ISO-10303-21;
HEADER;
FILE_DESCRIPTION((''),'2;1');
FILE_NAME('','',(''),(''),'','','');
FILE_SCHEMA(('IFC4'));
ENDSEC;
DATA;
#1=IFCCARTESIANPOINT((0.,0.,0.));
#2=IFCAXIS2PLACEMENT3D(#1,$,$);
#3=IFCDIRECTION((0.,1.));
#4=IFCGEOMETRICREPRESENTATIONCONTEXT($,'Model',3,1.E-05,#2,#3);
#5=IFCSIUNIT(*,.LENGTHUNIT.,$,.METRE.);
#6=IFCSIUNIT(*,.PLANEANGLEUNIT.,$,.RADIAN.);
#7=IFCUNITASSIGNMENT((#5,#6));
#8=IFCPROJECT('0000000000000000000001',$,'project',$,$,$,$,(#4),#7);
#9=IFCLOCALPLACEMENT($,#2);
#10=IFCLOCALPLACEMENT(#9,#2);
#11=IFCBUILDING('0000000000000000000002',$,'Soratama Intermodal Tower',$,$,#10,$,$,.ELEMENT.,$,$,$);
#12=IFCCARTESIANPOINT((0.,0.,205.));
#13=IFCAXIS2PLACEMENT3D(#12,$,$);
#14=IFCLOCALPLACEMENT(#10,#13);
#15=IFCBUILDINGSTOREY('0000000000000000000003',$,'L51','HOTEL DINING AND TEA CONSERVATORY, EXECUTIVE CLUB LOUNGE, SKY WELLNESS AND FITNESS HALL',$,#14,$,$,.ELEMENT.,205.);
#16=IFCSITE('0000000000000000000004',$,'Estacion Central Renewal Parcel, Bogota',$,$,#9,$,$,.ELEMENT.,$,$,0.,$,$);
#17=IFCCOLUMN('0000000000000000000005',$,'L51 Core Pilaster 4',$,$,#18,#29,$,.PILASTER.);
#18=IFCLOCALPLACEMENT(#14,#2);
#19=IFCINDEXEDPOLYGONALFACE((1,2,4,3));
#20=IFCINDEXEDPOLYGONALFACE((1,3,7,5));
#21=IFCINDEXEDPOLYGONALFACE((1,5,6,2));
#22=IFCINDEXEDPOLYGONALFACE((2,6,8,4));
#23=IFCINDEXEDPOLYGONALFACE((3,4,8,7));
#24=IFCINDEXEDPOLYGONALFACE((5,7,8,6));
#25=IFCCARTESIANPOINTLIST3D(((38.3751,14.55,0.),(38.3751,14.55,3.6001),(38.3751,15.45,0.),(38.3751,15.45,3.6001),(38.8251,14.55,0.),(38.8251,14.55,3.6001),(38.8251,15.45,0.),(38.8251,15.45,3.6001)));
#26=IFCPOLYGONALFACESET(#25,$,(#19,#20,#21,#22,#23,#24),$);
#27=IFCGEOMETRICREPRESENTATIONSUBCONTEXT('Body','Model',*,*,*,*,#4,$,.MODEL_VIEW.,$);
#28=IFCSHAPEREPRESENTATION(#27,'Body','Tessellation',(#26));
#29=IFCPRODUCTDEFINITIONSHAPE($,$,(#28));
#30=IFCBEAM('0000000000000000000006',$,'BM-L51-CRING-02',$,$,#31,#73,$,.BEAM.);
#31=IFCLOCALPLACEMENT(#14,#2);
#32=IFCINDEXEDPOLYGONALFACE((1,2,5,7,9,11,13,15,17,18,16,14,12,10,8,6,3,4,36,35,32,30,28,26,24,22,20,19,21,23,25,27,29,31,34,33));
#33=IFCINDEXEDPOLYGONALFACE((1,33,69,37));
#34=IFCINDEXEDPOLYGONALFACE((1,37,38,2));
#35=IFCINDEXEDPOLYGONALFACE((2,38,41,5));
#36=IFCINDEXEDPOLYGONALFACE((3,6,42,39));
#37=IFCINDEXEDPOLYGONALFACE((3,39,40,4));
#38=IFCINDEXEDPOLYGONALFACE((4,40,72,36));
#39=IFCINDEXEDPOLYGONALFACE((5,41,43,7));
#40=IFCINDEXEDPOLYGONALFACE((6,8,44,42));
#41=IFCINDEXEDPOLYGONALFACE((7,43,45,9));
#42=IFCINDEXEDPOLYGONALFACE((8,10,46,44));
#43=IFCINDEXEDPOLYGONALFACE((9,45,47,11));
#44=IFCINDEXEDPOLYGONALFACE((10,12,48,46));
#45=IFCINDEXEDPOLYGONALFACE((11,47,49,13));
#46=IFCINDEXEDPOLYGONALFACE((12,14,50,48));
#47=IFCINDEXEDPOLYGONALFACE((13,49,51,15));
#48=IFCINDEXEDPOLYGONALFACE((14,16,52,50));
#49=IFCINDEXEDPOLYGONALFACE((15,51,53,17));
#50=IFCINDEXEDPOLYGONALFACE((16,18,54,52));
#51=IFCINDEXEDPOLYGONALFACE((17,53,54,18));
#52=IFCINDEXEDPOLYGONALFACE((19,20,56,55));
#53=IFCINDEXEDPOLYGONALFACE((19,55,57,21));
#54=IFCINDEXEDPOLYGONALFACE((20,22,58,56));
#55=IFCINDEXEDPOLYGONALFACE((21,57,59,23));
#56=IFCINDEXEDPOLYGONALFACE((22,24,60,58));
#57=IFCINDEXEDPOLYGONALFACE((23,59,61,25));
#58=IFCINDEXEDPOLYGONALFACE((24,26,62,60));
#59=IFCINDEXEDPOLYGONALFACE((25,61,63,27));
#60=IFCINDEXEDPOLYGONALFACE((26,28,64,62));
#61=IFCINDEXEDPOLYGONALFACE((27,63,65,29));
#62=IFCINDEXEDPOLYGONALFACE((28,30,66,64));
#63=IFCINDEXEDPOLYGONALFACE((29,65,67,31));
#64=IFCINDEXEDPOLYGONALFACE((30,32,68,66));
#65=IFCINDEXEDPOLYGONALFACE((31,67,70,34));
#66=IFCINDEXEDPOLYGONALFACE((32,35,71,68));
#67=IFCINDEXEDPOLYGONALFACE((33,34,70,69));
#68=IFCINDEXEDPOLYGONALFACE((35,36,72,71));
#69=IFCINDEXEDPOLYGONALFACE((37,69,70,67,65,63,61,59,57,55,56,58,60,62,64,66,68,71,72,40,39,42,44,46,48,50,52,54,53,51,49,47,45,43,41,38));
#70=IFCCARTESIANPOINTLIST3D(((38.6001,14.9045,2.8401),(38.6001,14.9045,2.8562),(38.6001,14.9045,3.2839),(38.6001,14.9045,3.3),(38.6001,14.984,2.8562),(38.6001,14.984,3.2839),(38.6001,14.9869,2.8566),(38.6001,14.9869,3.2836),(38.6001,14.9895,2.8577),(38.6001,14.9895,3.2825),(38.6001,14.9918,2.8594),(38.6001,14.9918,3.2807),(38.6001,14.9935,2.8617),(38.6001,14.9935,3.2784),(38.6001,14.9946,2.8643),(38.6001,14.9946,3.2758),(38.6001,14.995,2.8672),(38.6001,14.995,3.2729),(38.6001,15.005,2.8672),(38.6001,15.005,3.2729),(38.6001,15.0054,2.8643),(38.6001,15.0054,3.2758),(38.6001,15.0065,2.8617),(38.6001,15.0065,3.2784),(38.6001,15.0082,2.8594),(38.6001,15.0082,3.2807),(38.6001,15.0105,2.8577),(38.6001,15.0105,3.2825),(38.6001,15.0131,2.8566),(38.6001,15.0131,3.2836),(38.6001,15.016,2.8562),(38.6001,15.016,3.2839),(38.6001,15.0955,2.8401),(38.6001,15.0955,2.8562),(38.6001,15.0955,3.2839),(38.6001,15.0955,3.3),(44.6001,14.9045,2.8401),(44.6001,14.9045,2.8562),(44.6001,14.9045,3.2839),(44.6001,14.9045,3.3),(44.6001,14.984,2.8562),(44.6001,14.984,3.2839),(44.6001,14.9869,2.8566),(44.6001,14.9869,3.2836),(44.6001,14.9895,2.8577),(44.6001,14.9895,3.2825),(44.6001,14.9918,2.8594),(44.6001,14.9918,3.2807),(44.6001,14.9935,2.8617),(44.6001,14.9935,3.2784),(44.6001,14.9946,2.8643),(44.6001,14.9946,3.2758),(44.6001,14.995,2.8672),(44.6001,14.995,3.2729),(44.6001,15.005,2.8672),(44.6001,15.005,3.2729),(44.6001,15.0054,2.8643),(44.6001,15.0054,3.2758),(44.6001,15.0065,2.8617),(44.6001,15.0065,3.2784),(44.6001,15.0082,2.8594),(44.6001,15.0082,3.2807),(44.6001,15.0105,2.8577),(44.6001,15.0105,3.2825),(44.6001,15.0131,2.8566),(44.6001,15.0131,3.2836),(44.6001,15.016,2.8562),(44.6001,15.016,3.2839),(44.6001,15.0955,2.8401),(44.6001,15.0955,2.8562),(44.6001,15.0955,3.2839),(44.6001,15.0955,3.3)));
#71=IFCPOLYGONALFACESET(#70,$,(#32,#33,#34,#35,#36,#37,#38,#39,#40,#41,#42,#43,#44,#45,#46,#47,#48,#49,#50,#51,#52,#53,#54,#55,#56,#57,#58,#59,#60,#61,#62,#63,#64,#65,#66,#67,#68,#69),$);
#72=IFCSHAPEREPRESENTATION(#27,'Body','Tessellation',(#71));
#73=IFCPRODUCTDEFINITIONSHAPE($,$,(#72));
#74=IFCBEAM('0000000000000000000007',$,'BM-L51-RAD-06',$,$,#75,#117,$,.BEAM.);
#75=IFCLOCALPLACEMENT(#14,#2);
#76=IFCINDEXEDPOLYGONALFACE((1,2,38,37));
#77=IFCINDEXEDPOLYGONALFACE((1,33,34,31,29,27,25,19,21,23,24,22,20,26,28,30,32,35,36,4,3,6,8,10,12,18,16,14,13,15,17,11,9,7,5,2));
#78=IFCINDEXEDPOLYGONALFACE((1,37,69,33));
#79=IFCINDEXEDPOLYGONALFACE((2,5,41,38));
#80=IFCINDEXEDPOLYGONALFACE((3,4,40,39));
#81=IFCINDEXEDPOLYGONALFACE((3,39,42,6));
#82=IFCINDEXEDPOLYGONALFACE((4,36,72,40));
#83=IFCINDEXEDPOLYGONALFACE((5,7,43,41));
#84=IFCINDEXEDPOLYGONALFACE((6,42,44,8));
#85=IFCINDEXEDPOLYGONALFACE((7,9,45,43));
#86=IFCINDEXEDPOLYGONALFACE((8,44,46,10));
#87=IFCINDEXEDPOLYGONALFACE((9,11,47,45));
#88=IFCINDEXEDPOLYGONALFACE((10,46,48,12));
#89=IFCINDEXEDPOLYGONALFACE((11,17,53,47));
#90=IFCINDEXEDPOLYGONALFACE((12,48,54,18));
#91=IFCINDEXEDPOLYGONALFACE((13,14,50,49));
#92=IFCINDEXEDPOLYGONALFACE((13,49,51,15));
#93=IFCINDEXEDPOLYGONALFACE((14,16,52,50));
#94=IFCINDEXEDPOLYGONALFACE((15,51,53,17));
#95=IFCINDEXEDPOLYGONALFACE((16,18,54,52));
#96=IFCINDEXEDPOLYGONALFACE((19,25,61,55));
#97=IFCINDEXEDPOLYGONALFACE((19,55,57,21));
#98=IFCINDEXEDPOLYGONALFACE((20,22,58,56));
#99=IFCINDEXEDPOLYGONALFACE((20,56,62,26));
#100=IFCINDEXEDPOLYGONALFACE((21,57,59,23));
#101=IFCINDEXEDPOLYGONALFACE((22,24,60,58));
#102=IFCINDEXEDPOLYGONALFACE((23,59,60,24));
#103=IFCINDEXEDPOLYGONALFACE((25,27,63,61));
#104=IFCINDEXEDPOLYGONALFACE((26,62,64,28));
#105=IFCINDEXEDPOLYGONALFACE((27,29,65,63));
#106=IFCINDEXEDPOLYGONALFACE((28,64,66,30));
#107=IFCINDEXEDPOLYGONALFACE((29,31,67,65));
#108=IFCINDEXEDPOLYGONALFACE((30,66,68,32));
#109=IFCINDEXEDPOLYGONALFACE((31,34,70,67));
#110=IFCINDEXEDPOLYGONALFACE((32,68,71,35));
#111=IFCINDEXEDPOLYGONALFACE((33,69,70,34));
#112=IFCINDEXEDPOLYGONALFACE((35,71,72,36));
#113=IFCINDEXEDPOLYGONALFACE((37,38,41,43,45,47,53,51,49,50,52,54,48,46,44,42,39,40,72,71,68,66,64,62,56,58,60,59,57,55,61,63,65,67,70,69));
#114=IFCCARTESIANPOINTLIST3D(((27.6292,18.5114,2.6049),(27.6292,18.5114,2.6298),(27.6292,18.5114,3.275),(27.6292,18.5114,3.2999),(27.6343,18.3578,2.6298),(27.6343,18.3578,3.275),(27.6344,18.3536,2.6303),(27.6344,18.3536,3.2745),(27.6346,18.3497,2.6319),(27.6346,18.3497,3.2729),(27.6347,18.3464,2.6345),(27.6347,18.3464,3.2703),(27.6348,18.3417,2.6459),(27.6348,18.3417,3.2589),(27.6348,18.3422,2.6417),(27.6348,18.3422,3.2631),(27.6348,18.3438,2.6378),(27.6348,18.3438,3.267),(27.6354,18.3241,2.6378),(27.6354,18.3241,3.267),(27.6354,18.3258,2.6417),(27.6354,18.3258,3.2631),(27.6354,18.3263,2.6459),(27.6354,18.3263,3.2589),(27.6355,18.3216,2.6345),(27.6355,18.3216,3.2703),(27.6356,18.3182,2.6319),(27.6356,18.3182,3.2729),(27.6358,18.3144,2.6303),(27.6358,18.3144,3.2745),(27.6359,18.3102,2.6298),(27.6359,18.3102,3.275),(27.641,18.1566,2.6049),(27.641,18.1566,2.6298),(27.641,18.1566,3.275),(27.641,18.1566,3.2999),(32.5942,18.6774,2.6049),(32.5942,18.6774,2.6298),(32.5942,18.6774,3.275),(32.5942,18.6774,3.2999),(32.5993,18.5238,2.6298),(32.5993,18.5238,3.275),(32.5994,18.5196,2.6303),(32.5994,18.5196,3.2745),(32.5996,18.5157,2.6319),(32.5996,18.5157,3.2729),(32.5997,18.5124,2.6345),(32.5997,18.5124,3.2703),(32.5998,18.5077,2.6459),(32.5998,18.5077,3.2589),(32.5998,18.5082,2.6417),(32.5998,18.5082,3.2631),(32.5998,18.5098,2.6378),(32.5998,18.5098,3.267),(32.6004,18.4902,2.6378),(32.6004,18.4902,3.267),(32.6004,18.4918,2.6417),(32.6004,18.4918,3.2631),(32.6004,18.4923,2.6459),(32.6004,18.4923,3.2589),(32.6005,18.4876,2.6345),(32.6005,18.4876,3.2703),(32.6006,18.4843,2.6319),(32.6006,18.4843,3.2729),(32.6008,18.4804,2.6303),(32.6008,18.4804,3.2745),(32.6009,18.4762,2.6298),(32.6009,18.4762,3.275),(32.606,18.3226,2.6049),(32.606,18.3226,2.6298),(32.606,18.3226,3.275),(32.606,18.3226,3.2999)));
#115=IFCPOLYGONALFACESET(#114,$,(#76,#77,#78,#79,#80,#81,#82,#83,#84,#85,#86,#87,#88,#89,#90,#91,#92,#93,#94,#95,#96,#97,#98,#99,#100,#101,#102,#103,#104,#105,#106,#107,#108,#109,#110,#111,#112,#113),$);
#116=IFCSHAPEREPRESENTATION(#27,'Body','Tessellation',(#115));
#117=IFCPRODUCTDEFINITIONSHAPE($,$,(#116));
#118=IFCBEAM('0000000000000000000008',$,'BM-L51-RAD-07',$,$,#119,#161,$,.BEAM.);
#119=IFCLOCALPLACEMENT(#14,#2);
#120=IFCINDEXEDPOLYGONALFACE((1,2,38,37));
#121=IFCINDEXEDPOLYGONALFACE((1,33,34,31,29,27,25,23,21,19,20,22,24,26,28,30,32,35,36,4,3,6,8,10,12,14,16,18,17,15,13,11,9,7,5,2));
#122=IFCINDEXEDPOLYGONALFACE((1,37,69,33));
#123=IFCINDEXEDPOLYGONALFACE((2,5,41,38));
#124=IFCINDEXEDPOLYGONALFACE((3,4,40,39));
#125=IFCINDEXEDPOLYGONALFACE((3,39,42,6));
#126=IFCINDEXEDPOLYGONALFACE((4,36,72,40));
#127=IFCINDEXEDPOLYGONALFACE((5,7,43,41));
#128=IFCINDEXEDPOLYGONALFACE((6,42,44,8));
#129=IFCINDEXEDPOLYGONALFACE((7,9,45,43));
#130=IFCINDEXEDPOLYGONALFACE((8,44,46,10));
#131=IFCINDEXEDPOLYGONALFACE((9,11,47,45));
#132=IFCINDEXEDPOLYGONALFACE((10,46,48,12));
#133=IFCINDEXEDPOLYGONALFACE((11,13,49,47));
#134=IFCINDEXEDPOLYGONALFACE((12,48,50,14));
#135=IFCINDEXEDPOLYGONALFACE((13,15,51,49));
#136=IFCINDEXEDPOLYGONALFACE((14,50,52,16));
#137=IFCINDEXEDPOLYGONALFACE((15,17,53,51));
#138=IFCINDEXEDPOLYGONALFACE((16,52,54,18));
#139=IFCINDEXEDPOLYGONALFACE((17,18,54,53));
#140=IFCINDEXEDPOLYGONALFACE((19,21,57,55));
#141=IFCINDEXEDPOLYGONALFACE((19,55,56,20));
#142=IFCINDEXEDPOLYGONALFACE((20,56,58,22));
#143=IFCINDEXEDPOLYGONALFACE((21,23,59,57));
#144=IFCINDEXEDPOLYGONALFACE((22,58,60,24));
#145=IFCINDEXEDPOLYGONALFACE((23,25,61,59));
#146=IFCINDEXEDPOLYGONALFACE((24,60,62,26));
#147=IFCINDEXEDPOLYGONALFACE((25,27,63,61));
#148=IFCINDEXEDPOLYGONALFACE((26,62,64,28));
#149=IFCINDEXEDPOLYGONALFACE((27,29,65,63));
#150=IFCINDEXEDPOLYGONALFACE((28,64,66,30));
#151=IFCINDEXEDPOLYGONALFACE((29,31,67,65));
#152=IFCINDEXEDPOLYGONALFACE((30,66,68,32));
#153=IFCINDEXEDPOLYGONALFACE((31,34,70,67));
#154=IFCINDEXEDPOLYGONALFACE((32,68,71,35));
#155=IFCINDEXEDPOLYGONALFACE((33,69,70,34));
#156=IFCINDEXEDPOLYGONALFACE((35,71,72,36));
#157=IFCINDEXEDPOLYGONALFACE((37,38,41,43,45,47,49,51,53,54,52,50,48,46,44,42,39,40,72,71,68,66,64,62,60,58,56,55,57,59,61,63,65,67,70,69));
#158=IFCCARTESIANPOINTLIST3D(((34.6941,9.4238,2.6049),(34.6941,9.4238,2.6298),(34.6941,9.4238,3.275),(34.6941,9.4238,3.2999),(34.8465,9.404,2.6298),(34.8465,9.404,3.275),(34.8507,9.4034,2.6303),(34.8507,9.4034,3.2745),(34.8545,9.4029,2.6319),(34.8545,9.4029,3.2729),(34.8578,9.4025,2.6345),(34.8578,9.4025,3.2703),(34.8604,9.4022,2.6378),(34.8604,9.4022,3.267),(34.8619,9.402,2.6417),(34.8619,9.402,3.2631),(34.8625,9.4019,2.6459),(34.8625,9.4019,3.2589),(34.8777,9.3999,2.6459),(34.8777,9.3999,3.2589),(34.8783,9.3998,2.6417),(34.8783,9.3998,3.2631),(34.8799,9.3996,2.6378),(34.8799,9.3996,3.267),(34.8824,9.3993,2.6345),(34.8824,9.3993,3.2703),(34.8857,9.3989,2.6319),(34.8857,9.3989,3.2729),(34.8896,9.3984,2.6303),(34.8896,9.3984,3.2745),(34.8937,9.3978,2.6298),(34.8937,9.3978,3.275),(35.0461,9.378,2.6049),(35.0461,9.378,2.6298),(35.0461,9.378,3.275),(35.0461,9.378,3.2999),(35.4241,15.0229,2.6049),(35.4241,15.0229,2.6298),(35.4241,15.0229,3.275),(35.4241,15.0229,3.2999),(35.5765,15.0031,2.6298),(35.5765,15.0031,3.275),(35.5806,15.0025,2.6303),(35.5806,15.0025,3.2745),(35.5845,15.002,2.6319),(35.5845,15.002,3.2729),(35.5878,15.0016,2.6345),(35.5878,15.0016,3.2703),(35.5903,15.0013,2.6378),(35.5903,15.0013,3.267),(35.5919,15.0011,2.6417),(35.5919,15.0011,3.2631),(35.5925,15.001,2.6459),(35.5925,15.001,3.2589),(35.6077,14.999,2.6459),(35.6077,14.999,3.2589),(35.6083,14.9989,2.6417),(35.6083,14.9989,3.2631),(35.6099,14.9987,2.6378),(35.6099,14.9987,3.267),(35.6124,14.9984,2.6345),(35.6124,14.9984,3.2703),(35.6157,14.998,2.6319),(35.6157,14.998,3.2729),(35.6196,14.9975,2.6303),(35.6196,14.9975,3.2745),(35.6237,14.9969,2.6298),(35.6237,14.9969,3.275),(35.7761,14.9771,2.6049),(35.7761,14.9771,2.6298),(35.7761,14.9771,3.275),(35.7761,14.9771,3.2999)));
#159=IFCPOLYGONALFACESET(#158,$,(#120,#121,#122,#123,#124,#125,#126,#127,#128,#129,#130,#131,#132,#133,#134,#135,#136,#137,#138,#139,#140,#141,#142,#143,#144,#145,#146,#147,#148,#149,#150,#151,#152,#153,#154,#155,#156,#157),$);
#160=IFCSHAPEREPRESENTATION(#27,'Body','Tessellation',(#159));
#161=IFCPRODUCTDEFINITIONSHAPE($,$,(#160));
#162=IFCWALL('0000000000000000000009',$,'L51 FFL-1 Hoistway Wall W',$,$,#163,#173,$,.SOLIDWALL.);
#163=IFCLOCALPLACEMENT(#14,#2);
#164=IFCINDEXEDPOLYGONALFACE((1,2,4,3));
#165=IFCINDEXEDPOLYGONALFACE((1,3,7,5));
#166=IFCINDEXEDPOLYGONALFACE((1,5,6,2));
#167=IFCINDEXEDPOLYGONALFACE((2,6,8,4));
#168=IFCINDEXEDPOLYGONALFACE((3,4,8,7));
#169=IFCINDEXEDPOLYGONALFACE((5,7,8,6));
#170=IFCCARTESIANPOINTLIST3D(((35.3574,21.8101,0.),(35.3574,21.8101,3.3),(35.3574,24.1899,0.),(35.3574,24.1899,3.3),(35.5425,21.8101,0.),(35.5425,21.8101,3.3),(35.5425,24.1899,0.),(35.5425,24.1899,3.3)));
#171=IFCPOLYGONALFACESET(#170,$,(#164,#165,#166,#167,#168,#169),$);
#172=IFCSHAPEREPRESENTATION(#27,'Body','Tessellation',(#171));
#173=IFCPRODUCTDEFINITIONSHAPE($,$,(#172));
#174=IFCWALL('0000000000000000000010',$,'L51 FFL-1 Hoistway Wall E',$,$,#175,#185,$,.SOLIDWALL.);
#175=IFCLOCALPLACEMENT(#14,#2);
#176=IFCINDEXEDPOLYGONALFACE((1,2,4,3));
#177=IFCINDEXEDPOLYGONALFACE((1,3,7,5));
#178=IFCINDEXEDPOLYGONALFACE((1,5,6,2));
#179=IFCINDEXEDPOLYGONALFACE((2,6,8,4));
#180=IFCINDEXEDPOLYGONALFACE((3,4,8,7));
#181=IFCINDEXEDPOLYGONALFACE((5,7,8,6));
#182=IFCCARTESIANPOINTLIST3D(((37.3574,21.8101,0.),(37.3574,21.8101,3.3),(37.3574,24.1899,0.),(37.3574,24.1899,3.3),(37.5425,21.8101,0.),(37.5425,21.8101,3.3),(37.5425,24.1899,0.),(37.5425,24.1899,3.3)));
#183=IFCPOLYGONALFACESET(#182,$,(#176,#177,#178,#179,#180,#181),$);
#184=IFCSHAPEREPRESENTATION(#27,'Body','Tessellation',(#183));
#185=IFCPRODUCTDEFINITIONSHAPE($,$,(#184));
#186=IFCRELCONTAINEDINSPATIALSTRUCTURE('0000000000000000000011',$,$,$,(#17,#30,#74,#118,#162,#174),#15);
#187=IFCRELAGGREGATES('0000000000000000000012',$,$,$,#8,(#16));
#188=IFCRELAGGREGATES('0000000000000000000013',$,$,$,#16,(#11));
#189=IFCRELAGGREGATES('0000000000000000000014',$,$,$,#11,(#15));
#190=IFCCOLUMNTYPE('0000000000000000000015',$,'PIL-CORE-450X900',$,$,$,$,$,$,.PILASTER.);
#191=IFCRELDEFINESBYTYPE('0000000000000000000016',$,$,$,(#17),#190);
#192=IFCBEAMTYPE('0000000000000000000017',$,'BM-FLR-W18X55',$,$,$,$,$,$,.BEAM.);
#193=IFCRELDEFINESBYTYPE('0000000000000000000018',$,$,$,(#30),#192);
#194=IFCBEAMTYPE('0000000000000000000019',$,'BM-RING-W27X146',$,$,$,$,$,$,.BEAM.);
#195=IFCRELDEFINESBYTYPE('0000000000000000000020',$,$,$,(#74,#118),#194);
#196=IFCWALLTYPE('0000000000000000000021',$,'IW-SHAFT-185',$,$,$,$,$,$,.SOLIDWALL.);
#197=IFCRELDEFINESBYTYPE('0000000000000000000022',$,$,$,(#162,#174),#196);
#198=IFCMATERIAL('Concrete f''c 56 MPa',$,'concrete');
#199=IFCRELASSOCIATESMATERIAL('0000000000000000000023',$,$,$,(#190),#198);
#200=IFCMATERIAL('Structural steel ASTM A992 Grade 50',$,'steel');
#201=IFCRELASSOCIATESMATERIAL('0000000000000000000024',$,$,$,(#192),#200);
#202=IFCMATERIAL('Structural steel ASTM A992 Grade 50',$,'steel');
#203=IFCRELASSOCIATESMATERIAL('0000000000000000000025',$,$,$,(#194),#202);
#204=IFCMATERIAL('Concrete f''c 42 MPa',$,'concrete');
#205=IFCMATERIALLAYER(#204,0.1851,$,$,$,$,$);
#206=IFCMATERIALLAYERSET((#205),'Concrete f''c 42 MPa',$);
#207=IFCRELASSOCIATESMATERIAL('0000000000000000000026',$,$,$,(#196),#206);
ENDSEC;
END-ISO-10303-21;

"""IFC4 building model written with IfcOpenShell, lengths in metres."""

from ifc_helpers import new_model, si_unit, direction, frame, frame_2d, origin, origin_2d, place, context, subcontext, project, spatial, rectangle, i_section, extrude, material, layer, layer_set, material_profile, profile_set, type_object, element, save


model = new_model("IFC4")

# Units and contexts
model_context = context("Model", 3, precision=1e-05, world=origin(), true_north=direction((0.0, 1.0)))
body_context = subcontext(model_context, "Body", "Model", "MODEL_VIEW")
ifc_project = project(units=[si_unit("LENGTHUNIT", "METRE"), si_unit("PLANEANGLEUNIT", "RADIAN")], contexts=[model_context])

# Site, building, storey
site_placement = place(None, origin())
site = spatial("IfcSite", under=ifc_project, at=site_placement, Name="Estacion Central Renewal Parcel, Bogota", CompositionType="ELEMENT", RefElevation=0.0)
building_placement = place(site_placement, origin())
building = spatial("IfcBuilding", under=site, at=building_placement, Name="Soratama Intermodal Tower", CompositionType="ELEMENT")
storey_placement = place(building_placement, frame((0.0, 0.0, 205.0)))
storey = spatial("IfcBuildingStorey", under=building, at=storey_placement, Name="L51", Description="HOTEL DINING AND TEA CONSERVATORY, EXECUTIVE CLUB LOUNGE, SKY WELLNESS AND FITNESS HALL", CompositionType="ELEMENT", Elevation=205.0)

# Column
ifc_material_1 = material(Name="Concrete f'c 56 MPa", Category="concrete")
ifc_material_profile_1 = material_profile(ifc_material_1, rectangle(XDim=0.45, YDim=0.8999, at=origin_2d()), Name="RC450X900")
ifc_profile_set_1 = profile_set([ifc_material_profile_1], Name="Concrete f'c 56 MPa")
column_type = type_object("IfcColumnType", Name="PIL-CORE-450X900", PredefinedType="PILASTER", material=ifc_profile_set_1)
column_placement = place(storey_placement, frame((38.6001, 15.0, 0.0), z_axis=(0.0, 0.0, 1.0), x_axis=(1.0, 0.0, 0.0)))
element("IfcColumn", 1, at=column_placement, inside=storey, type_object=column_type, Name="L51 Core Pilaster 4", PredefinedType="PILASTER", context=body_context, shape_type="SweptSolid", body=[
    extrude(rectangle(XDim=0.45, YDim=0.8999, at=origin_2d()), origin(), (0.0, 0.0, 1.0), 3.6001),
])

# Beams
ifc_material_2 = material(Name="Structural steel ASTM A992 Grade 50", Category="steel")
ifc_material_profile_2 = material_profile(ifc_material_2, i_section(OverallWidth=0.1909, OverallDepth=0.46, WebThickness=0.01, FlangeThickness=0.0161, FilletRadius=0.011, at=origin_2d()), Name="W18X55")
ifc_profile_set_2 = profile_set([ifc_material_profile_2], Name="Structural steel ASTM A992 Grade 50")
beam_type_1 = type_object("IfcBeamType", Name="BM-FLR-W18X55", PredefinedType="BEAM", material=ifc_profile_set_2)
beam_1_placement = place(storey_placement, frame((38.6001, 15.0, 3.0701), z_axis=(1.0, 0.0, 0.0), x_axis=(0.0, 1.0, 0.0)))
element("IfcBeam", 2, at=beam_1_placement, inside=storey, type_object=beam_type_1, Name="BM-L51-CRING-02", PredefinedType="BEAM", context=body_context, shape_type="SweptSolid", body=[
    extrude(i_section(OverallWidth=0.1909, OverallDepth=0.46, WebThickness=0.01, FlangeThickness=0.0161, FilletRadius=0.011, at=origin_2d()), origin(), (0.0, 0.0, 1.0), 6.0),
])
ifc_material_3 = material(Name="Structural steel ASTM A992 Grade 50", Category="steel")
ifc_material_profile_3 = material_profile(ifc_material_3, i_section(OverallWidth=0.355, OverallDepth=0.6951, WebThickness=0.0154, FlangeThickness=0.0249, FilletRadius=0.0161, at=origin_2d()), Name="W27X146")
ifc_profile_set_3 = profile_set([ifc_material_profile_3], Name="Structural steel ASTM A992 Grade 50")
beam_type_2 = type_object("IfcBeamType", Name="BM-RING-W27X146", PredefinedType="BEAM", material=ifc_profile_set_3)
beam_2_placement = place(storey_placement, frame((32.6001, 18.5, 2.9524), z_axis=(-0.999441, -0.033418, 0.0), x_axis=(0.033418, -0.999441, 0.0)))
element("IfcBeam", 3, at=beam_2_placement, inside=storey, type_object=beam_type_2, Name="BM-L51-RAD-06", PredefinedType="BEAM", context=body_context, shape_type="SweptSolid", body=[
    extrude(i_section(OverallWidth=0.355, OverallDepth=0.6951, WebThickness=0.0154, FlangeThickness=0.0249, FilletRadius=0.0161, at=origin_2d()), origin(), (0.0, 0.0, 1.0), 4.9678),
])
beam_3_placement = place(storey_placement, frame((35.6001, 15.0, 2.9524), z_axis=(-0.12928, -0.991608, 0.0), x_axis=(0.991608, -0.12928, 0.0)))
element("IfcBeam", 4, at=beam_3_placement, inside=storey, type_object=beam_type_2, Name="BM-L51-RAD-07", PredefinedType="BEAM", context=body_context, shape_type="SweptSolid", body=[
    extrude(i_section(OverallWidth=0.355, OverallDepth=0.6951, WebThickness=0.0154, FlangeThickness=0.0249, FilletRadius=0.0161, at=origin_2d()), origin(), (0.0, 0.0, 1.0), 5.6465),
])

# Shared definitions
ifc_material_4 = material(Name="Concrete f'c 42 MPa", Category="concrete")
ifc_layer_1 = layer(ifc_material_4, 0.1851)
ifc_layer_set_1 = layer_set([ifc_layer_1], Name="Concrete f'c 42 MPa")
wall_type_1 = type_object("IfcWallType", Name="IW-SHAFT-185", PredefinedType="SOLIDWALL", material=ifc_layer_set_1)

# Walls
for number, where, z_axis, x_axis, name in (
    (5, (35.45, 21.8101, 0.0), (0.0, 0.0, 1.0), (0.0, 1.0, 0.0), "L51 FFL-1 Hoistway Wall W"),
    (6, (37.45, 21.8101, 0.0), (0.0, 0.0, 1.0), (0.0, 1.0, 0.0), "L51 FFL-1 Hoistway Wall E"),
):
    element("IfcWall", number, at=place(storey_placement, frame(where, z_axis=z_axis, x_axis=x_axis)), inside=storey, type_object=wall_type_1, Name=name, PredefinedType="SOLIDWALL", context=body_context, shape_type="SweptSolid", body=[
        extrude(rectangle(XDim=2.3799, YDim=0.1851, at=frame_2d((1.1899, 0.0))), origin(), (0.0, 0.0, 1.0), 3.3),
    ])

save(model, "model.ifc")
